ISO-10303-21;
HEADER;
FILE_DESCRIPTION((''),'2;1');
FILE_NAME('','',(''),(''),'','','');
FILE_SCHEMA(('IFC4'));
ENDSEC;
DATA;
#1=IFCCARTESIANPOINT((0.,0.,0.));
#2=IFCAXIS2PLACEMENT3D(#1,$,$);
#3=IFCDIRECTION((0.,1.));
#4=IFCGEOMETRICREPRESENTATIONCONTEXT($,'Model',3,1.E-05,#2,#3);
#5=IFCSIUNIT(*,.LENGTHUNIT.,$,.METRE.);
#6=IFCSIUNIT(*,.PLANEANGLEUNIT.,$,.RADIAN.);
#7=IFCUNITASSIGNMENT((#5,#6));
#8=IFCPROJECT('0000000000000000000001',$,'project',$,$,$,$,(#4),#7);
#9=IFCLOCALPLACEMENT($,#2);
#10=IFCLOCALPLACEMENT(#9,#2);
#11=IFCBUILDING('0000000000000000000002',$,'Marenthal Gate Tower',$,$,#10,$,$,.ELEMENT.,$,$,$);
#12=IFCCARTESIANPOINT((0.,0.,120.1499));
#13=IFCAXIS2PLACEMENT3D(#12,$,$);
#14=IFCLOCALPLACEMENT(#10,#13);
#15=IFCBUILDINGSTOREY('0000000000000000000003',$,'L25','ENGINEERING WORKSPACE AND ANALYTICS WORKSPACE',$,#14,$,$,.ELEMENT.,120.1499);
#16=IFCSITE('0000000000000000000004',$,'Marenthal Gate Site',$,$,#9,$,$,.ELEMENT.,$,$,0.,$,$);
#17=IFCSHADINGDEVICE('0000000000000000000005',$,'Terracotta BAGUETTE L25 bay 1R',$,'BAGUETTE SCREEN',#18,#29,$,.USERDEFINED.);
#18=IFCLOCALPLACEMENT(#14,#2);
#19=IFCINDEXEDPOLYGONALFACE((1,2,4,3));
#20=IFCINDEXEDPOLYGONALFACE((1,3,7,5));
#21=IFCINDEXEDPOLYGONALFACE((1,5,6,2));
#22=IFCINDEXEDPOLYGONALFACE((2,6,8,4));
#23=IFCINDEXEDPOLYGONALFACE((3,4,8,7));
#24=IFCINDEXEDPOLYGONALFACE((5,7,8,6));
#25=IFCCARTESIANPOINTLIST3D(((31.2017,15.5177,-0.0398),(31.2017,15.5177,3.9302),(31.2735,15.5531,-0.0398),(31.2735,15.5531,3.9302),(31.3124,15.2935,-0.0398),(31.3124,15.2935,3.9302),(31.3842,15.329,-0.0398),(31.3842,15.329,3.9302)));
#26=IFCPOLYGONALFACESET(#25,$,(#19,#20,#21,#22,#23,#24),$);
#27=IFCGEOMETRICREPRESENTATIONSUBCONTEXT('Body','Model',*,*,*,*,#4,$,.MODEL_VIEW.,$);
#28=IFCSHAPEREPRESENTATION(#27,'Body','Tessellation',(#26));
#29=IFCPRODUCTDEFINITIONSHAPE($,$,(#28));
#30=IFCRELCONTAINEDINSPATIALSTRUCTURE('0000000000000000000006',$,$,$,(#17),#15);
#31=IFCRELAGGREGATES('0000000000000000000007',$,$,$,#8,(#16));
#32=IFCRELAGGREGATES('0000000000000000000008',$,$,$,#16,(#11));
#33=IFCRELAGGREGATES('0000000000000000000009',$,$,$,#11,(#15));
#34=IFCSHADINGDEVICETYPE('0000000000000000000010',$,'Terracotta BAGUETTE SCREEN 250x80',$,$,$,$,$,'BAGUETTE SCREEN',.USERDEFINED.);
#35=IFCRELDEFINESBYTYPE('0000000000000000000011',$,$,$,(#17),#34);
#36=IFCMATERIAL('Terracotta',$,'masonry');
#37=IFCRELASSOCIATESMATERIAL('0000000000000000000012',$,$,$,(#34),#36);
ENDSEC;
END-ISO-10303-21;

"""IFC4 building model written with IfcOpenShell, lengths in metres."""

from ifc_helpers import new_model, si_unit, direction, frame, origin, origin_2d, place, context, subcontext, project, spatial, rectangle, extrude, material, material_profile, profile_set, type_object, element, save


model = new_model("IFC4")

# Units and contexts
model_context = context("Model", 3, precision=1e-05, world=origin(), true_north=direction((0.0, 1.0)))
body_context = subcontext(model_context, "Body", "Model", "MODEL_VIEW")
ifc_project = project(units=[si_unit("LENGTHUNIT", "METRE"), si_unit("PLANEANGLEUNIT", "RADIAN")], contexts=[model_context])

# Site, building, storey
site_placement = place(None, origin())
site = spatial("IfcSite", under=ifc_project, at=site_placement, Name="Marenthal Gate Site", CompositionType="ELEMENT", RefElevation=0.0)
building_placement = place(site_placement, origin())
building = spatial("IfcBuilding", under=site, at=building_placement, Name="Marenthal Gate Tower", CompositionType="ELEMENT")
storey_placement = place(building_placement, frame((0.0, 0.0, 120.1499)))
storey = spatial("IfcBuildingStorey", under=building, at=storey_placement, Name="L25", Description="ENGINEERING WORKSPACE AND ANALYTICS WORKSPACE", CompositionType="ELEMENT", Elevation=120.1499)

# Shading device
ifc_material_1 = material(Name="Terracotta", Category="masonry")
ifc_material_profile_1 = material_profile(ifc_material_1, rectangle(XDim=0.25, YDim=0.0801, at=origin_2d()), Name="Terracotta baguette 250x80")
ifc_profile_set_1 = profile_set([ifc_material_profile_1], Name="Terracotta")
shading_device_type = type_object("IfcShadingDeviceType", Name="Terracotta BAGUETTE SCREEN 250x80", ElementType="BAGUETTE SCREEN", PredefinedType="USERDEFINED", material=ifc_profile_set_1)
shading_device_placement = place(storey_placement, frame((31.293, 15.4233, -0.0398), z_axis=(0.0, 0.0, 1.0), x_axis=(-0.442658, 0.896691, 0.0)))
element("IfcShadingDevice", 1, at=shading_device_placement, inside=storey, type_object=shading_device_type, Name="Terracotta BAGUETTE L25 bay 1R", ObjectType="BAGUETTE SCREEN", PredefinedType="USERDEFINED", context=body_context, shape_type="SweptSolid", body=[
    extrude(rectangle(XDim=0.25, YDim=0.0801, at=origin_2d()), origin(), (0.0, 0.0, 1.0), 3.97),
])

save(model, "model.ifc")
